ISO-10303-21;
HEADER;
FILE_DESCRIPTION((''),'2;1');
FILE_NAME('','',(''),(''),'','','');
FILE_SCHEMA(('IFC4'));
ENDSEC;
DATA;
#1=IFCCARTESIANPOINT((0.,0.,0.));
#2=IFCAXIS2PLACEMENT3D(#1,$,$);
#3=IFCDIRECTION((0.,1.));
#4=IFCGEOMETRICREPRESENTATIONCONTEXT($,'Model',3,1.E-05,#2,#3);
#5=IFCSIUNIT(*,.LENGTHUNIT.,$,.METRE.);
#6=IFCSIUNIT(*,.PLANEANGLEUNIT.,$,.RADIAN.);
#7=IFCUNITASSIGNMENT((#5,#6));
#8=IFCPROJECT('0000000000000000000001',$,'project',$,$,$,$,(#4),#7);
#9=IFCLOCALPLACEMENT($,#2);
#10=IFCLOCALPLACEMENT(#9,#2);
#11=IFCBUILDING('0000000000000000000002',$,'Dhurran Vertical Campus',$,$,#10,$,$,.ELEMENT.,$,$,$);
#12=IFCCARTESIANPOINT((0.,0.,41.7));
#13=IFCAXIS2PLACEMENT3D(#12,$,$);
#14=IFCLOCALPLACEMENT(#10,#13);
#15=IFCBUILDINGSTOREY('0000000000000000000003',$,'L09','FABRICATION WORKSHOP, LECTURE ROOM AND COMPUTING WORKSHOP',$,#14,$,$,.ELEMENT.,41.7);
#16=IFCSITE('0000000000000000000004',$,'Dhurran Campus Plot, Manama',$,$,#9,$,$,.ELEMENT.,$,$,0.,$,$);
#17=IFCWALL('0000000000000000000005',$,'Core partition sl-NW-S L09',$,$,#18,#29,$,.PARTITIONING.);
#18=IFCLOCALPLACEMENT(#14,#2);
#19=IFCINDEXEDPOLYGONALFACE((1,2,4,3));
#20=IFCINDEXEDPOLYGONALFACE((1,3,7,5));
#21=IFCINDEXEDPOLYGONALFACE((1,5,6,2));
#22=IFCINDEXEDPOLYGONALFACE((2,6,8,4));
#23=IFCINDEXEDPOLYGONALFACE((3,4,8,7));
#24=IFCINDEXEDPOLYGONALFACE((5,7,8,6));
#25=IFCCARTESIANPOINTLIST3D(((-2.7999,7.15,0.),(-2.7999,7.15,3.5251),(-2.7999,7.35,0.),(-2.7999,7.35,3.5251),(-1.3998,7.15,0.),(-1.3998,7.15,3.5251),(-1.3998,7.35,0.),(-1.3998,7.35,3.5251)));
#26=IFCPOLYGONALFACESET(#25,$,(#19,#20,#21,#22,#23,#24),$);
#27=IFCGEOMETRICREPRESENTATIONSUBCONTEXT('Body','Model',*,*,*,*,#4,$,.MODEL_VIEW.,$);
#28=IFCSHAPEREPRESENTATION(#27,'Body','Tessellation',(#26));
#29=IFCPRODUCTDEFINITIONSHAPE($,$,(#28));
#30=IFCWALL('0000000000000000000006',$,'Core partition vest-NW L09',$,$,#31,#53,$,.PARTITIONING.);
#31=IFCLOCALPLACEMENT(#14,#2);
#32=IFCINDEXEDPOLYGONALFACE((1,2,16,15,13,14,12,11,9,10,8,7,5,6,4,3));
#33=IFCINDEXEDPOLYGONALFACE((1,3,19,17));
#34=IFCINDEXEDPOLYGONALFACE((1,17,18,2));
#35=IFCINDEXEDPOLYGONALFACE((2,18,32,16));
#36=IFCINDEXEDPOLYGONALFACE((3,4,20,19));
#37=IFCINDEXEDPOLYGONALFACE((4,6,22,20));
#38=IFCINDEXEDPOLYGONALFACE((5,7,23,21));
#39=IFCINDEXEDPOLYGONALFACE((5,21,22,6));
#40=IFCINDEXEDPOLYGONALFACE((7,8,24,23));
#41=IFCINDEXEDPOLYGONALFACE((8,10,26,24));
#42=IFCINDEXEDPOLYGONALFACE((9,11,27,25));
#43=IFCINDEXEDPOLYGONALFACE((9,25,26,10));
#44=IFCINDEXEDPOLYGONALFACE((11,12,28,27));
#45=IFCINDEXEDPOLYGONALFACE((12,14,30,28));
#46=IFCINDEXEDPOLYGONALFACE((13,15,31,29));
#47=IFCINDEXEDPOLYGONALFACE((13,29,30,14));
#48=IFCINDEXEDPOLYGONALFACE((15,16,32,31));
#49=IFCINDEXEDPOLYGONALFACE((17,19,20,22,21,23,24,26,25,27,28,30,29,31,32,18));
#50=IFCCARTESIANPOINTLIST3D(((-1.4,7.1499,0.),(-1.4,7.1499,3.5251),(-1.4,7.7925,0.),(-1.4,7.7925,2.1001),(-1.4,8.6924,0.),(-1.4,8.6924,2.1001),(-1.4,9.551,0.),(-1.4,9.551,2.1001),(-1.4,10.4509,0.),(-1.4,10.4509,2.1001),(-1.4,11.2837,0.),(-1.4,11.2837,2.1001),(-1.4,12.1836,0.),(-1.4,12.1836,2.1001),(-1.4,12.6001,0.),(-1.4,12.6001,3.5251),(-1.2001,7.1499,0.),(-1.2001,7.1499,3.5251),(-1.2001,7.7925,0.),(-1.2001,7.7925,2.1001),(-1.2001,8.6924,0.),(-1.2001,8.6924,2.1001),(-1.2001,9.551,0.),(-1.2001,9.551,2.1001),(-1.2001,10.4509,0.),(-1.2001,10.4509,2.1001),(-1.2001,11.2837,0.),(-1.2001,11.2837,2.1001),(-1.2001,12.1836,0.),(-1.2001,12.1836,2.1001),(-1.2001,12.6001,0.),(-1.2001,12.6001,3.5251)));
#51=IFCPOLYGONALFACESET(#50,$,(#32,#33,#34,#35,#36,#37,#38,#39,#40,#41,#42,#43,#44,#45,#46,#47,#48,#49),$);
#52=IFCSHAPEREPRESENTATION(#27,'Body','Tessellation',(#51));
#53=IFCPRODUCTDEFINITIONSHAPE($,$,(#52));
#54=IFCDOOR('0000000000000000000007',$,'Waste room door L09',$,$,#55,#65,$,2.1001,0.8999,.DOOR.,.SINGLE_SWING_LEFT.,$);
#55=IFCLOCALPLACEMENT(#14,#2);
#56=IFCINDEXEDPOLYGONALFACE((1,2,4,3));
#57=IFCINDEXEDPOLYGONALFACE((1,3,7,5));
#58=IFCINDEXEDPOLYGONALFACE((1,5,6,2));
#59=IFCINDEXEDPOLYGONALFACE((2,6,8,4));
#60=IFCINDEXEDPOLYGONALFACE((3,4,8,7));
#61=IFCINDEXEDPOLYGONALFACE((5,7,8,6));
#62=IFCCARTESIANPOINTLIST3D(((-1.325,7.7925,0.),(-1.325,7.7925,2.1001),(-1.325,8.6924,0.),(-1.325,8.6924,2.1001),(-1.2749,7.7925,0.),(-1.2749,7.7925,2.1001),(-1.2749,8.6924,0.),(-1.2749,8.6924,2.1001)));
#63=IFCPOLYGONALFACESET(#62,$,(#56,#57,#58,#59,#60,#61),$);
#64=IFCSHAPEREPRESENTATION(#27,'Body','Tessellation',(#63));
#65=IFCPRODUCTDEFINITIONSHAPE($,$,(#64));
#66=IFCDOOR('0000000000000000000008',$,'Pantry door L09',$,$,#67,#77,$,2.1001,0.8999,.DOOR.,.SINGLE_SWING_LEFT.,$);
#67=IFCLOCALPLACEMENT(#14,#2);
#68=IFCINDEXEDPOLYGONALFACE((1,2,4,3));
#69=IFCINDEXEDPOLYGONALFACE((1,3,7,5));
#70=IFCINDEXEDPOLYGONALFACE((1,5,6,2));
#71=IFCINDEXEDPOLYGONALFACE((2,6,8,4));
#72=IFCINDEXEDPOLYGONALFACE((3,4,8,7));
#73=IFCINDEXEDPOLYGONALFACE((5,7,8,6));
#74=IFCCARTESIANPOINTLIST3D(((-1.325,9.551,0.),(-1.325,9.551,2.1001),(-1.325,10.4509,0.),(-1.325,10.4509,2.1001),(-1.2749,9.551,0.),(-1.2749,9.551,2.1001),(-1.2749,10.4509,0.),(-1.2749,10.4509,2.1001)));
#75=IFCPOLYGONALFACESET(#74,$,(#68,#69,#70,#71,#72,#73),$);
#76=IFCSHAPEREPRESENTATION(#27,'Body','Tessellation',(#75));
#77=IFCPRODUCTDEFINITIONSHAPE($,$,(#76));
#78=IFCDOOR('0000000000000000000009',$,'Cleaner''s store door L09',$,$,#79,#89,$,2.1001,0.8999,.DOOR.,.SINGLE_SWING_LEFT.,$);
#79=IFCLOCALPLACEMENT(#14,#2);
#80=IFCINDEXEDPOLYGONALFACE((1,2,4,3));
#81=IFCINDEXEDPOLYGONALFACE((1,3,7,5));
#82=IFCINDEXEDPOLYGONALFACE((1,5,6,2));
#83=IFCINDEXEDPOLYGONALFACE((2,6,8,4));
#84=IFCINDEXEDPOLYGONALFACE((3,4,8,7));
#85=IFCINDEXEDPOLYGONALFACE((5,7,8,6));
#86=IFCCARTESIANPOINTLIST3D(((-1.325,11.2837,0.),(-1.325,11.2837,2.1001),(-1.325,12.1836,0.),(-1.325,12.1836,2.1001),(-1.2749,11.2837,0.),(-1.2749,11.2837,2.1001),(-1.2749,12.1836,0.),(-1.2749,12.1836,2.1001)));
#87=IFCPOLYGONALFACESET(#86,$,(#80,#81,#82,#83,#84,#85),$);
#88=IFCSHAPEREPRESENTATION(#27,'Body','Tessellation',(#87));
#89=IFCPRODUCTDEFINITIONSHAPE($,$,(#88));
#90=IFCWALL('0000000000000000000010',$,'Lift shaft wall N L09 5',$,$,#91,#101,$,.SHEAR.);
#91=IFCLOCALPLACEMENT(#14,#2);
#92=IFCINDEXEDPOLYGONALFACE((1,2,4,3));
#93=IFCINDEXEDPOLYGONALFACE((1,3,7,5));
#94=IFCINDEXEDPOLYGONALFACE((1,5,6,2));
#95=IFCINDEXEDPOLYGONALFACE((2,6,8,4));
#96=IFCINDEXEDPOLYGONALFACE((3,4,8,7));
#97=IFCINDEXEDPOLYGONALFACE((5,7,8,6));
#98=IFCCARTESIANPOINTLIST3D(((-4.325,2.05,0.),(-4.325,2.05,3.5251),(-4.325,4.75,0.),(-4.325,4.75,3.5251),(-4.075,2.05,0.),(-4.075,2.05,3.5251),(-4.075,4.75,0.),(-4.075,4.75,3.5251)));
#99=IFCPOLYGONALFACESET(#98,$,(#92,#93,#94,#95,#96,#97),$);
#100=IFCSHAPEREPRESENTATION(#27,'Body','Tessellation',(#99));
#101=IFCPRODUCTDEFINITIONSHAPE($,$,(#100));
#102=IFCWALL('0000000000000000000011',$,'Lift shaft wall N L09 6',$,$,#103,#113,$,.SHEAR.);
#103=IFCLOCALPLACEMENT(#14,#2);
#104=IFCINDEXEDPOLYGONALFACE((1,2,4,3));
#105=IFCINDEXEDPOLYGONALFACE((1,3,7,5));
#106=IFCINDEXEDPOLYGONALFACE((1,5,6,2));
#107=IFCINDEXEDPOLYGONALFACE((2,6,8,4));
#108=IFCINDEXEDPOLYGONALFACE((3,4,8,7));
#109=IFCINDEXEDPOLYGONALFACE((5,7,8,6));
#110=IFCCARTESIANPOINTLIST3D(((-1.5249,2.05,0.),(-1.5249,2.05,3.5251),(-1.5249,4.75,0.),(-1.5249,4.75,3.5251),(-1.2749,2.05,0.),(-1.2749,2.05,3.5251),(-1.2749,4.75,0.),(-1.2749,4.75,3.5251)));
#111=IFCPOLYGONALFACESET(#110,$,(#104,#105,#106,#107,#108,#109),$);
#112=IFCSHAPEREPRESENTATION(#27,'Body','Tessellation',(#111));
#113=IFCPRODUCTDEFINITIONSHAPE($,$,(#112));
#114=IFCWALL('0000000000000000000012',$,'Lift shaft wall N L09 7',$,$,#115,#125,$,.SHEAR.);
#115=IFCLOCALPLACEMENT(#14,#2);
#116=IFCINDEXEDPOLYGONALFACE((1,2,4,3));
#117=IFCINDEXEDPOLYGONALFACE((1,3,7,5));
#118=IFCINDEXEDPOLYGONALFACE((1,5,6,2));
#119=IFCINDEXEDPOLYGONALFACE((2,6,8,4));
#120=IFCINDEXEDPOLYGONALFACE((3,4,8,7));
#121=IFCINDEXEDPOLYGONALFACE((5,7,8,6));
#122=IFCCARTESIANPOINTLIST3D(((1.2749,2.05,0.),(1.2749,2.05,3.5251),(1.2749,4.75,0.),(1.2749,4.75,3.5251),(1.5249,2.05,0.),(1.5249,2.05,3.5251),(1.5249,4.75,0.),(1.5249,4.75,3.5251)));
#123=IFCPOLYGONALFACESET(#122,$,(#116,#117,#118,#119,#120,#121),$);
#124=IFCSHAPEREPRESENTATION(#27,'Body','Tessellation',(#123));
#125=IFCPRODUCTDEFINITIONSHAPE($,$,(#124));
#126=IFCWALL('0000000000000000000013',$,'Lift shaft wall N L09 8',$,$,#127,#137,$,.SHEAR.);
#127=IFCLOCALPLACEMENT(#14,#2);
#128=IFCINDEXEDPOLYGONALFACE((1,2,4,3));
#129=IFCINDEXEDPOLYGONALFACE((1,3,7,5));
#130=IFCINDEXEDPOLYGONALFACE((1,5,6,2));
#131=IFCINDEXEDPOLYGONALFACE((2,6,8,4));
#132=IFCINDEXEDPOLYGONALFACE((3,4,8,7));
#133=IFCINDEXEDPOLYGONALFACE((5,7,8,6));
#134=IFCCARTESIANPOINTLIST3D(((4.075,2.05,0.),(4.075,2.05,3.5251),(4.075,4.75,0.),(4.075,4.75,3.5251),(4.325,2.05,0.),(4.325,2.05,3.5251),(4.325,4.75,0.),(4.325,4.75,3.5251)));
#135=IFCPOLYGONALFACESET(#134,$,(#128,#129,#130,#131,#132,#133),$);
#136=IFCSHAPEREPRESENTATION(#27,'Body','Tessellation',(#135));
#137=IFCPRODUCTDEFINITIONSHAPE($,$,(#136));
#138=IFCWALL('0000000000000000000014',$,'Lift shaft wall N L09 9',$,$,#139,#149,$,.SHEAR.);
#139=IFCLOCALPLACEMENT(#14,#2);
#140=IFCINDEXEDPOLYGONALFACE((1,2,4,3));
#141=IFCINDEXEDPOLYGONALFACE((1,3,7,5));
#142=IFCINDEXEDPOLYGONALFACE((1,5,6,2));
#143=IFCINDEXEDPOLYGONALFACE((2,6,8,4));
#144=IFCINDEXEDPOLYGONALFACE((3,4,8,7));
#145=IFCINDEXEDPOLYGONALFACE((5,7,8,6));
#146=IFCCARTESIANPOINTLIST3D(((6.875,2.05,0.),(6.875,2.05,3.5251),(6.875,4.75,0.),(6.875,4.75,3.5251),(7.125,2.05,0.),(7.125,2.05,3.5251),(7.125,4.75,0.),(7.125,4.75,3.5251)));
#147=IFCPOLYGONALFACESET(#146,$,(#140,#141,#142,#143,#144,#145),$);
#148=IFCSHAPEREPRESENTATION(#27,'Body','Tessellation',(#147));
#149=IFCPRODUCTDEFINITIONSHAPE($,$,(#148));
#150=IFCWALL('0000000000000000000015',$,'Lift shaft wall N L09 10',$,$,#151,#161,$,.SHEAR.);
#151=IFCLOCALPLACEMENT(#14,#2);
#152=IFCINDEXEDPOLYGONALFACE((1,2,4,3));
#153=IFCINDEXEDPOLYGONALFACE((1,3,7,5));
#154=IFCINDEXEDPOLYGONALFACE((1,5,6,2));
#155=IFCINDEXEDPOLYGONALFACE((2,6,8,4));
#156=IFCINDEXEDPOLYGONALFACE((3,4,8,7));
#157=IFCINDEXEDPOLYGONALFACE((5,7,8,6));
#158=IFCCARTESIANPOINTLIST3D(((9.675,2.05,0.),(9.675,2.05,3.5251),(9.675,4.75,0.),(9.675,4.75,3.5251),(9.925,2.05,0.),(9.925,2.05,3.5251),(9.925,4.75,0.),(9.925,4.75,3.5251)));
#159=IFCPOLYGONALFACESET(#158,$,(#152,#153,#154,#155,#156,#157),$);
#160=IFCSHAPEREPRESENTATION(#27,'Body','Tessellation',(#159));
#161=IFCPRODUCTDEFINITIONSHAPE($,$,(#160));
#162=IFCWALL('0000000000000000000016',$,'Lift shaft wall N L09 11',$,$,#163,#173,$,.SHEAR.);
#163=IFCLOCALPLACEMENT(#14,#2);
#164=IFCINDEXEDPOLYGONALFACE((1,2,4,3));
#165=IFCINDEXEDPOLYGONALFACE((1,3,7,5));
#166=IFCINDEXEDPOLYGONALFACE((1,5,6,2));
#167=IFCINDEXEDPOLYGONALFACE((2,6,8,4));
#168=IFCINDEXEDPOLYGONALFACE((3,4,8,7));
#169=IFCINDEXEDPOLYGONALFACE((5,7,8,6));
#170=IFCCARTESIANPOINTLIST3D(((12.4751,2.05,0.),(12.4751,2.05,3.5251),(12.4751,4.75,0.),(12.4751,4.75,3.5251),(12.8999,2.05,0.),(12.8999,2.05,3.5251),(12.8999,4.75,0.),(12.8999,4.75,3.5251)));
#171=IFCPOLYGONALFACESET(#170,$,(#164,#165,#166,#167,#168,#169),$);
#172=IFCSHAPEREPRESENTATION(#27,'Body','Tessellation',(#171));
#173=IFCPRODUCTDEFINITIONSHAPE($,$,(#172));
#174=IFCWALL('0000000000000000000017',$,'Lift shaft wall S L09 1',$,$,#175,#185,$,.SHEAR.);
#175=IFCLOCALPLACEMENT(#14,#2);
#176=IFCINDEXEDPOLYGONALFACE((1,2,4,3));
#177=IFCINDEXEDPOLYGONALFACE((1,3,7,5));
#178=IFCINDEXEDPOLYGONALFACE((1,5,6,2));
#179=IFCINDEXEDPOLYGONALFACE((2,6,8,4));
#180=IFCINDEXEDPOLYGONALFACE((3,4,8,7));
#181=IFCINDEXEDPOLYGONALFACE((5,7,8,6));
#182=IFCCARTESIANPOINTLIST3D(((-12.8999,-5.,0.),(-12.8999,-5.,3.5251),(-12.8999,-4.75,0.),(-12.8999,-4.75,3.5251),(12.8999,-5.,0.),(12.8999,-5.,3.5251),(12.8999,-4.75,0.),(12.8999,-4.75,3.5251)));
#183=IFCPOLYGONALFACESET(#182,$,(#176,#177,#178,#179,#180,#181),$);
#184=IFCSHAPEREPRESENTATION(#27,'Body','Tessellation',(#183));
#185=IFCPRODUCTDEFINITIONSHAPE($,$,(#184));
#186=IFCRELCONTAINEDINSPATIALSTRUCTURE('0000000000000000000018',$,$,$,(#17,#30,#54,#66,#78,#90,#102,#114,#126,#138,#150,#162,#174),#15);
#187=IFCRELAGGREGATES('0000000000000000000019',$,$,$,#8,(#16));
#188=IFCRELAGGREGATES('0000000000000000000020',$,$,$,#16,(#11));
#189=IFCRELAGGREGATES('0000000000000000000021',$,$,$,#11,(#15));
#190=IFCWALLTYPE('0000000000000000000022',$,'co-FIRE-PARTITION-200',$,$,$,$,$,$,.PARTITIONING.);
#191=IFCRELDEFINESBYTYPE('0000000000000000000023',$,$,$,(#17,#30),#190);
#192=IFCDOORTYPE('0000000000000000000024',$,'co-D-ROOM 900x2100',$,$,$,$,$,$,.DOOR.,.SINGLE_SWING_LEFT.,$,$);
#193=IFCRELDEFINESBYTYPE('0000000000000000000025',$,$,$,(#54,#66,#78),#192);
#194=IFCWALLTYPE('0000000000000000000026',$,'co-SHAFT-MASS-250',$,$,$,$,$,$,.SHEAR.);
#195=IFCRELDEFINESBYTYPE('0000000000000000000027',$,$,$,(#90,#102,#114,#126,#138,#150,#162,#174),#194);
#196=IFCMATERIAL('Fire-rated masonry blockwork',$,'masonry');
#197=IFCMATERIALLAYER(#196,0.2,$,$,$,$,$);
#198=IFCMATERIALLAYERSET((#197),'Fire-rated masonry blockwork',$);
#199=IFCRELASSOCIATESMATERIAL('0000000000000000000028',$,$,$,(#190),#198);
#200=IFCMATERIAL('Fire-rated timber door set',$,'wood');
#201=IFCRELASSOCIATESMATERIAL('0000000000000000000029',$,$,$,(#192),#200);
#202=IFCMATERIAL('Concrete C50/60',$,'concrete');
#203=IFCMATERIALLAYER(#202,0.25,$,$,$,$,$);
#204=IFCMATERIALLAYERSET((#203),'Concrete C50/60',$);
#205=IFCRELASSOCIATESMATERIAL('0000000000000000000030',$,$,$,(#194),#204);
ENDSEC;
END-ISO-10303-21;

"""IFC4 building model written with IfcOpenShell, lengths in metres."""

from ifc_helpers import new_model, si_unit, direction, frame, frame_2d, origin, place, context, subcontext, project, spatial, polyline, rectangle, outline, extrude, material, layer, layer_set, type_object, element, fill, save


model = new_model("IFC4")

# Units and contexts
model_context = context("Model", 3, precision=1e-05, world=origin(), true_north=direction((0.0, 1.0)))
body_context = subcontext(model_context, "Body", "Model", "MODEL_VIEW")
ifc_project = project(units=[si_unit("LENGTHUNIT", "METRE"), si_unit("PLANEANGLEUNIT", "RADIAN")], contexts=[model_context])

# Site, building, storey
site_placement = place(None, origin())
site = spatial("IfcSite", under=ifc_project, at=site_placement, Name="Dhurran Campus Plot, Manama", CompositionType="ELEMENT", RefElevation=0.0)
building_placement = place(site_placement, origin())
building = spatial("IfcBuilding", under=site, at=building_placement, Name="Dhurran Vertical Campus", CompositionType="ELEMENT")
storey_placement = place(building_placement, frame((0.0, 0.0, 41.7)))
storey = spatial("IfcBuildingStorey", under=building, at=storey_placement, Name="L09", Description="FABRICATION WORKSHOP, LECTURE ROOM AND COMPUTING WORKSHOP", CompositionType="ELEMENT", Elevation=41.7)

# Wall
ifc_material_1 = material(Name="Fire-rated masonry blockwork", Category="masonry")
ifc_layer_1 = layer(ifc_material_1, 0.2)
ifc_layer_set_1 = layer_set([ifc_layer_1], Name="Fire-rated masonry blockwork")
wall_type_1 = type_object("IfcWallType", Name="co-FIRE-PARTITION-200", PredefinedType="PARTITIONING", material=ifc_layer_set_1)
wall_1_placement = place(storey_placement, frame((-2.8, 7.25, 0.0), z_axis=(0.0, 0.0, 1.0), x_axis=(1.0, 0.0, 0.0)))
element("IfcWall", 1, at=wall_1_placement, inside=storey, type_object=wall_type_1, Name="Core partition sl-NW-S L09", PredefinedType="PARTITIONING", context=body_context, shape_type="SweptSolid", body=[
    extrude(rectangle(XDim=1.4001, YDim=0.2, at=frame_2d((0.7002, 0.0))), origin(), (0.0, 0.0, 1.0), 3.5251),
])

# Wall, openings, doors
wall_2_placement = place(storey_placement, frame((-1.3, 7.1499, 0.0), z_axis=(0.0, 0.0, 1.0), x_axis=(0.0, 1.0, 0.0)))
wall_2 = element("IfcWall", 2, at=wall_2_placement, inside=storey, type_object=wall_type_1, Name="Core partition vest-NW L09", PredefinedType="PARTITIONING", context=body_context, shape_type="SweptSolid", body=[
    extrude(rectangle(XDim=5.4502, YDim=0.2, at=frame_2d((2.7251, 0.0))), origin(), (0.0, 0.0, 1.0), 3.5251),
])
opening_1_placement = place(wall_2_placement, frame((0.6426, 0.0, 0.0)))
opening_1 = element("IfcOpeningElement", 3, at=opening_1_placement, cuts=wall_2, PredefinedType="OPENING", context=body_context, shape_type="SweptSolid", body=[
    extrude(rectangle(XDim=0.8999, YDim=2.1001, at=frame_2d((0.45, 1.05))), frame((0.0, 0.1099, 0.0), z_axis=(0.0, -1.0, 0.0), x_axis=(1.0, 0.0, 0.0)), (0.0, 0.0, 1.0), 0.22),
])
opening_2_placement = place(wall_2_placement, frame((2.4011, 0.0, 0.0)))
opening_2 = element("IfcOpeningElement", 4, at=opening_2_placement, cuts=wall_2, PredefinedType="OPENING", context=body_context, shape_type="SweptSolid", body=[
    extrude(rectangle(XDim=0.8999, YDim=2.1001, at=frame_2d((0.45, 1.05))), frame((0.0, 0.1099, 0.0), z_axis=(0.0, -1.0, 0.0), x_axis=(1.0, 0.0, 0.0)), (0.0, 0.0, 1.0), 0.22),
])
opening_3_placement = place(wall_2_placement, frame((4.1338, 0.0, 0.0)))
opening_3 = element("IfcOpeningElement", 5, at=opening_3_placement, cuts=wall_2, PredefinedType="OPENING", context=body_context, shape_type="SweptSolid", body=[
    extrude(rectangle(XDim=0.8999, YDim=2.1001, at=frame_2d((0.45, 1.05))), frame((0.0, 0.1099, 0.0), z_axis=(0.0, -1.0, 0.0), x_axis=(1.0, 0.0, 0.0)), (0.0, 0.0, 1.0), 0.22),
])
ifc_material_2 = material(Name="Fire-rated timber door set", Category="wood")
door_type_1 = type_object("IfcDoorType", Name="co-D-ROOM 900x2100", OperationType="SINGLE_SWING_LEFT", PredefinedType="DOOR", material=ifc_material_2)
door_1_placement = place(opening_1_placement, origin())
door_1 = element("IfcDoor", 6, at=door_1_placement, inside=storey, type_object=door_type_1, Name="Waste room door L09", OperationType="SINGLE_SWING_LEFT", OverallHeight=2.1001, OverallWidth=0.8999, PredefinedType="DOOR", context=body_context, shape_type="SweptSolid", body=[
    extrude(rectangle(XDim=0.8999, YDim=2.1001, at=frame_2d((0.45, 1.05))), frame((0.0, 0.0249, 0.0), z_axis=(0.0, -1.0, 0.0), x_axis=(1.0, 0.0, 0.0)), (0.0, 0.0, 1.0), 0.05),
])
fill(opening_1, door_1)
door_2_placement = place(opening_2_placement, origin())
door_2 = element("IfcDoor", 7, at=door_2_placement, inside=storey, type_object=door_type_1, Name="Pantry door L09", OperationType="SINGLE_SWING_LEFT", OverallHeight=2.1001, OverallWidth=0.8999, PredefinedType="DOOR", context=body_context, shape_type="SweptSolid", body=[
    extrude(rectangle(XDim=0.8999, YDim=2.1001, at=frame_2d((0.45, 1.05))), frame((0.0, 0.0249, 0.0), z_axis=(0.0, -1.0, 0.0), x_axis=(1.0, 0.0, 0.0)), (0.0, 0.0, 1.0), 0.05),
])
fill(opening_2, door_2)
door_3_placement = place(opening_3_placement, origin())
door_3 = element("IfcDoor", 8, at=door_3_placement, inside=storey, type_object=door_type_1, Name="Cleaner's store door L09", OperationType="SINGLE_SWING_LEFT", OverallHeight=2.1001, OverallWidth=0.8999, PredefinedType="DOOR", context=body_context, shape_type="SweptSolid", body=[
    extrude(rectangle(XDim=0.8999, YDim=2.1001, at=frame_2d((0.45, 1.05))), frame((0.0, 0.0249, 0.0), z_axis=(0.0, -1.0, 0.0), x_axis=(1.0, 0.0, 0.0)), (0.0, 0.0, 1.0), 0.05),
])
fill(opening_3, door_3)

# Walls
ifc_material_3 = material(Name="Concrete C50/60", Category="concrete")
ifc_layer_2 = layer(ifc_material_3, 0.25)
ifc_layer_set_2 = layer_set([ifc_layer_2], Name="Concrete C50/60")
wall_type_2 = type_object("IfcWallType", Name="co-SHAFT-MASS-250", PredefinedType="SHEAR", material=ifc_layer_set_2)
wall_3_placement = place(storey_placement, origin())
element("IfcWall", 9, at=wall_3_placement, inside=storey, type_object=wall_type_2, Name="Lift shaft wall N L09 5", PredefinedType="SHEAR", context=body_context, shape_type="SweptSolid", body=[
    extrude(outline(polyline([(-4.325, 2.05), (-4.075, 2.05), (-4.075, 4.75), (-4.325, 4.75), (-4.325, 2.05)])), origin(), (0.0, 0.0, 1.0), 3.5251),
])
wall_4_placement = place(storey_placement, origin())
element("IfcWall", 10, at=wall_4_placement, inside=storey, type_object=wall_type_2, Name="Lift shaft wall N L09 6", PredefinedType="SHEAR", context=body_context, shape_type="SweptSolid", body=[
    extrude(outline(polyline([(-1.5249, 2.05), (-1.2749, 2.05), (-1.2749, 4.75), (-1.5249, 4.75), (-1.5249, 2.05)])), origin(), (0.0, 0.0, 1.0), 3.5251),
])
wall_5_placement = place(storey_placement, origin())
element("IfcWall", 11, at=wall_5_placement, inside=storey, type_object=wall_type_2, Name="Lift shaft wall N L09 7", PredefinedType="SHEAR", context=body_context, shape_type="SweptSolid", body=[
    extrude(outline(polyline([(1.2749, 2.05), (1.5249, 2.05), (1.5249, 4.75), (1.2749, 4.75), (1.2749, 2.05)])), origin(), (0.0, 0.0, 1.0), 3.5251),
])
wall_6_placement = place(storey_placement, origin())
element("IfcWall", 12, at=wall_6_placement, inside=storey, type_object=wall_type_2, Name="Lift shaft wall N L09 8", PredefinedType="SHEAR", context=body_context, shape_type="SweptSolid", body=[
    extrude(outline(polyline([(4.075, 2.05), (4.325, 2.05), (4.325, 4.75), (4.075, 4.75), (4.075, 2.05)])), origin(), (0.0, 0.0, 1.0), 3.5251),
])
wall_7_placement = place(storey_placement, origin())
element("IfcWall", 13, at=wall_7_placement, inside=storey, type_object=wall_type_2, Name="Lift shaft wall N L09 9", PredefinedType="SHEAR", context=body_context, shape_type="SweptSolid", body=[
    extrude(outline(polyline([(6.875, 2.05), (7.125, 2.05), (7.125, 4.75), (6.875, 4.75), (6.875, 2.05)])), origin(), (0.0, 0.0, 1.0), 3.5251),
])
wall_8_placement = place(storey_placement, origin())
element("IfcWall", 14, at=wall_8_placement, inside=storey, type_object=wall_type_2, Name="Lift shaft wall N L09 10", PredefinedType="SHEAR", context=body_context, shape_type="SweptSolid", body=[
    extrude(outline(polyline([(9.675, 2.05), (9.925, 2.05), (9.925, 4.75), (9.675, 4.75), (9.675, 2.05)])), origin(), (0.0, 0.0, 1.0), 3.5251),
])
wall_9_placement = place(storey_placement, origin())
element("IfcWall", 15, at=wall_9_placement, inside=storey, type_object=wall_type_2, Name="Lift shaft wall N L09 11", PredefinedType="SHEAR", context=body_context, shape_type="SweptSolid", body=[
    extrude(outline(polyline([(12.4751, 2.05), (12.8999, 2.05), (12.8999, 4.75), (12.4751, 4.75), (12.4751, 2.05)])), origin(), (0.0, 0.0, 1.0), 3.5251),
])
wall_10_placement = place(storey_placement, origin())
element("IfcWall", 16, at=wall_10_placement, inside=storey, type_object=wall_type_2, Name="Lift shaft wall S L09 1", PredefinedType="SHEAR", context=body_context, shape_type="SweptSolid", body=[
    extrude(outline(polyline([(-12.8999, -5.0), (12.8999, -5.0), (12.8999, -4.75), (-12.8999, -4.75), (-12.8999, -5.0)])), origin(), (0.0, 0.0, 1.0), 3.5251),
])

save(model, "model.ifc")
